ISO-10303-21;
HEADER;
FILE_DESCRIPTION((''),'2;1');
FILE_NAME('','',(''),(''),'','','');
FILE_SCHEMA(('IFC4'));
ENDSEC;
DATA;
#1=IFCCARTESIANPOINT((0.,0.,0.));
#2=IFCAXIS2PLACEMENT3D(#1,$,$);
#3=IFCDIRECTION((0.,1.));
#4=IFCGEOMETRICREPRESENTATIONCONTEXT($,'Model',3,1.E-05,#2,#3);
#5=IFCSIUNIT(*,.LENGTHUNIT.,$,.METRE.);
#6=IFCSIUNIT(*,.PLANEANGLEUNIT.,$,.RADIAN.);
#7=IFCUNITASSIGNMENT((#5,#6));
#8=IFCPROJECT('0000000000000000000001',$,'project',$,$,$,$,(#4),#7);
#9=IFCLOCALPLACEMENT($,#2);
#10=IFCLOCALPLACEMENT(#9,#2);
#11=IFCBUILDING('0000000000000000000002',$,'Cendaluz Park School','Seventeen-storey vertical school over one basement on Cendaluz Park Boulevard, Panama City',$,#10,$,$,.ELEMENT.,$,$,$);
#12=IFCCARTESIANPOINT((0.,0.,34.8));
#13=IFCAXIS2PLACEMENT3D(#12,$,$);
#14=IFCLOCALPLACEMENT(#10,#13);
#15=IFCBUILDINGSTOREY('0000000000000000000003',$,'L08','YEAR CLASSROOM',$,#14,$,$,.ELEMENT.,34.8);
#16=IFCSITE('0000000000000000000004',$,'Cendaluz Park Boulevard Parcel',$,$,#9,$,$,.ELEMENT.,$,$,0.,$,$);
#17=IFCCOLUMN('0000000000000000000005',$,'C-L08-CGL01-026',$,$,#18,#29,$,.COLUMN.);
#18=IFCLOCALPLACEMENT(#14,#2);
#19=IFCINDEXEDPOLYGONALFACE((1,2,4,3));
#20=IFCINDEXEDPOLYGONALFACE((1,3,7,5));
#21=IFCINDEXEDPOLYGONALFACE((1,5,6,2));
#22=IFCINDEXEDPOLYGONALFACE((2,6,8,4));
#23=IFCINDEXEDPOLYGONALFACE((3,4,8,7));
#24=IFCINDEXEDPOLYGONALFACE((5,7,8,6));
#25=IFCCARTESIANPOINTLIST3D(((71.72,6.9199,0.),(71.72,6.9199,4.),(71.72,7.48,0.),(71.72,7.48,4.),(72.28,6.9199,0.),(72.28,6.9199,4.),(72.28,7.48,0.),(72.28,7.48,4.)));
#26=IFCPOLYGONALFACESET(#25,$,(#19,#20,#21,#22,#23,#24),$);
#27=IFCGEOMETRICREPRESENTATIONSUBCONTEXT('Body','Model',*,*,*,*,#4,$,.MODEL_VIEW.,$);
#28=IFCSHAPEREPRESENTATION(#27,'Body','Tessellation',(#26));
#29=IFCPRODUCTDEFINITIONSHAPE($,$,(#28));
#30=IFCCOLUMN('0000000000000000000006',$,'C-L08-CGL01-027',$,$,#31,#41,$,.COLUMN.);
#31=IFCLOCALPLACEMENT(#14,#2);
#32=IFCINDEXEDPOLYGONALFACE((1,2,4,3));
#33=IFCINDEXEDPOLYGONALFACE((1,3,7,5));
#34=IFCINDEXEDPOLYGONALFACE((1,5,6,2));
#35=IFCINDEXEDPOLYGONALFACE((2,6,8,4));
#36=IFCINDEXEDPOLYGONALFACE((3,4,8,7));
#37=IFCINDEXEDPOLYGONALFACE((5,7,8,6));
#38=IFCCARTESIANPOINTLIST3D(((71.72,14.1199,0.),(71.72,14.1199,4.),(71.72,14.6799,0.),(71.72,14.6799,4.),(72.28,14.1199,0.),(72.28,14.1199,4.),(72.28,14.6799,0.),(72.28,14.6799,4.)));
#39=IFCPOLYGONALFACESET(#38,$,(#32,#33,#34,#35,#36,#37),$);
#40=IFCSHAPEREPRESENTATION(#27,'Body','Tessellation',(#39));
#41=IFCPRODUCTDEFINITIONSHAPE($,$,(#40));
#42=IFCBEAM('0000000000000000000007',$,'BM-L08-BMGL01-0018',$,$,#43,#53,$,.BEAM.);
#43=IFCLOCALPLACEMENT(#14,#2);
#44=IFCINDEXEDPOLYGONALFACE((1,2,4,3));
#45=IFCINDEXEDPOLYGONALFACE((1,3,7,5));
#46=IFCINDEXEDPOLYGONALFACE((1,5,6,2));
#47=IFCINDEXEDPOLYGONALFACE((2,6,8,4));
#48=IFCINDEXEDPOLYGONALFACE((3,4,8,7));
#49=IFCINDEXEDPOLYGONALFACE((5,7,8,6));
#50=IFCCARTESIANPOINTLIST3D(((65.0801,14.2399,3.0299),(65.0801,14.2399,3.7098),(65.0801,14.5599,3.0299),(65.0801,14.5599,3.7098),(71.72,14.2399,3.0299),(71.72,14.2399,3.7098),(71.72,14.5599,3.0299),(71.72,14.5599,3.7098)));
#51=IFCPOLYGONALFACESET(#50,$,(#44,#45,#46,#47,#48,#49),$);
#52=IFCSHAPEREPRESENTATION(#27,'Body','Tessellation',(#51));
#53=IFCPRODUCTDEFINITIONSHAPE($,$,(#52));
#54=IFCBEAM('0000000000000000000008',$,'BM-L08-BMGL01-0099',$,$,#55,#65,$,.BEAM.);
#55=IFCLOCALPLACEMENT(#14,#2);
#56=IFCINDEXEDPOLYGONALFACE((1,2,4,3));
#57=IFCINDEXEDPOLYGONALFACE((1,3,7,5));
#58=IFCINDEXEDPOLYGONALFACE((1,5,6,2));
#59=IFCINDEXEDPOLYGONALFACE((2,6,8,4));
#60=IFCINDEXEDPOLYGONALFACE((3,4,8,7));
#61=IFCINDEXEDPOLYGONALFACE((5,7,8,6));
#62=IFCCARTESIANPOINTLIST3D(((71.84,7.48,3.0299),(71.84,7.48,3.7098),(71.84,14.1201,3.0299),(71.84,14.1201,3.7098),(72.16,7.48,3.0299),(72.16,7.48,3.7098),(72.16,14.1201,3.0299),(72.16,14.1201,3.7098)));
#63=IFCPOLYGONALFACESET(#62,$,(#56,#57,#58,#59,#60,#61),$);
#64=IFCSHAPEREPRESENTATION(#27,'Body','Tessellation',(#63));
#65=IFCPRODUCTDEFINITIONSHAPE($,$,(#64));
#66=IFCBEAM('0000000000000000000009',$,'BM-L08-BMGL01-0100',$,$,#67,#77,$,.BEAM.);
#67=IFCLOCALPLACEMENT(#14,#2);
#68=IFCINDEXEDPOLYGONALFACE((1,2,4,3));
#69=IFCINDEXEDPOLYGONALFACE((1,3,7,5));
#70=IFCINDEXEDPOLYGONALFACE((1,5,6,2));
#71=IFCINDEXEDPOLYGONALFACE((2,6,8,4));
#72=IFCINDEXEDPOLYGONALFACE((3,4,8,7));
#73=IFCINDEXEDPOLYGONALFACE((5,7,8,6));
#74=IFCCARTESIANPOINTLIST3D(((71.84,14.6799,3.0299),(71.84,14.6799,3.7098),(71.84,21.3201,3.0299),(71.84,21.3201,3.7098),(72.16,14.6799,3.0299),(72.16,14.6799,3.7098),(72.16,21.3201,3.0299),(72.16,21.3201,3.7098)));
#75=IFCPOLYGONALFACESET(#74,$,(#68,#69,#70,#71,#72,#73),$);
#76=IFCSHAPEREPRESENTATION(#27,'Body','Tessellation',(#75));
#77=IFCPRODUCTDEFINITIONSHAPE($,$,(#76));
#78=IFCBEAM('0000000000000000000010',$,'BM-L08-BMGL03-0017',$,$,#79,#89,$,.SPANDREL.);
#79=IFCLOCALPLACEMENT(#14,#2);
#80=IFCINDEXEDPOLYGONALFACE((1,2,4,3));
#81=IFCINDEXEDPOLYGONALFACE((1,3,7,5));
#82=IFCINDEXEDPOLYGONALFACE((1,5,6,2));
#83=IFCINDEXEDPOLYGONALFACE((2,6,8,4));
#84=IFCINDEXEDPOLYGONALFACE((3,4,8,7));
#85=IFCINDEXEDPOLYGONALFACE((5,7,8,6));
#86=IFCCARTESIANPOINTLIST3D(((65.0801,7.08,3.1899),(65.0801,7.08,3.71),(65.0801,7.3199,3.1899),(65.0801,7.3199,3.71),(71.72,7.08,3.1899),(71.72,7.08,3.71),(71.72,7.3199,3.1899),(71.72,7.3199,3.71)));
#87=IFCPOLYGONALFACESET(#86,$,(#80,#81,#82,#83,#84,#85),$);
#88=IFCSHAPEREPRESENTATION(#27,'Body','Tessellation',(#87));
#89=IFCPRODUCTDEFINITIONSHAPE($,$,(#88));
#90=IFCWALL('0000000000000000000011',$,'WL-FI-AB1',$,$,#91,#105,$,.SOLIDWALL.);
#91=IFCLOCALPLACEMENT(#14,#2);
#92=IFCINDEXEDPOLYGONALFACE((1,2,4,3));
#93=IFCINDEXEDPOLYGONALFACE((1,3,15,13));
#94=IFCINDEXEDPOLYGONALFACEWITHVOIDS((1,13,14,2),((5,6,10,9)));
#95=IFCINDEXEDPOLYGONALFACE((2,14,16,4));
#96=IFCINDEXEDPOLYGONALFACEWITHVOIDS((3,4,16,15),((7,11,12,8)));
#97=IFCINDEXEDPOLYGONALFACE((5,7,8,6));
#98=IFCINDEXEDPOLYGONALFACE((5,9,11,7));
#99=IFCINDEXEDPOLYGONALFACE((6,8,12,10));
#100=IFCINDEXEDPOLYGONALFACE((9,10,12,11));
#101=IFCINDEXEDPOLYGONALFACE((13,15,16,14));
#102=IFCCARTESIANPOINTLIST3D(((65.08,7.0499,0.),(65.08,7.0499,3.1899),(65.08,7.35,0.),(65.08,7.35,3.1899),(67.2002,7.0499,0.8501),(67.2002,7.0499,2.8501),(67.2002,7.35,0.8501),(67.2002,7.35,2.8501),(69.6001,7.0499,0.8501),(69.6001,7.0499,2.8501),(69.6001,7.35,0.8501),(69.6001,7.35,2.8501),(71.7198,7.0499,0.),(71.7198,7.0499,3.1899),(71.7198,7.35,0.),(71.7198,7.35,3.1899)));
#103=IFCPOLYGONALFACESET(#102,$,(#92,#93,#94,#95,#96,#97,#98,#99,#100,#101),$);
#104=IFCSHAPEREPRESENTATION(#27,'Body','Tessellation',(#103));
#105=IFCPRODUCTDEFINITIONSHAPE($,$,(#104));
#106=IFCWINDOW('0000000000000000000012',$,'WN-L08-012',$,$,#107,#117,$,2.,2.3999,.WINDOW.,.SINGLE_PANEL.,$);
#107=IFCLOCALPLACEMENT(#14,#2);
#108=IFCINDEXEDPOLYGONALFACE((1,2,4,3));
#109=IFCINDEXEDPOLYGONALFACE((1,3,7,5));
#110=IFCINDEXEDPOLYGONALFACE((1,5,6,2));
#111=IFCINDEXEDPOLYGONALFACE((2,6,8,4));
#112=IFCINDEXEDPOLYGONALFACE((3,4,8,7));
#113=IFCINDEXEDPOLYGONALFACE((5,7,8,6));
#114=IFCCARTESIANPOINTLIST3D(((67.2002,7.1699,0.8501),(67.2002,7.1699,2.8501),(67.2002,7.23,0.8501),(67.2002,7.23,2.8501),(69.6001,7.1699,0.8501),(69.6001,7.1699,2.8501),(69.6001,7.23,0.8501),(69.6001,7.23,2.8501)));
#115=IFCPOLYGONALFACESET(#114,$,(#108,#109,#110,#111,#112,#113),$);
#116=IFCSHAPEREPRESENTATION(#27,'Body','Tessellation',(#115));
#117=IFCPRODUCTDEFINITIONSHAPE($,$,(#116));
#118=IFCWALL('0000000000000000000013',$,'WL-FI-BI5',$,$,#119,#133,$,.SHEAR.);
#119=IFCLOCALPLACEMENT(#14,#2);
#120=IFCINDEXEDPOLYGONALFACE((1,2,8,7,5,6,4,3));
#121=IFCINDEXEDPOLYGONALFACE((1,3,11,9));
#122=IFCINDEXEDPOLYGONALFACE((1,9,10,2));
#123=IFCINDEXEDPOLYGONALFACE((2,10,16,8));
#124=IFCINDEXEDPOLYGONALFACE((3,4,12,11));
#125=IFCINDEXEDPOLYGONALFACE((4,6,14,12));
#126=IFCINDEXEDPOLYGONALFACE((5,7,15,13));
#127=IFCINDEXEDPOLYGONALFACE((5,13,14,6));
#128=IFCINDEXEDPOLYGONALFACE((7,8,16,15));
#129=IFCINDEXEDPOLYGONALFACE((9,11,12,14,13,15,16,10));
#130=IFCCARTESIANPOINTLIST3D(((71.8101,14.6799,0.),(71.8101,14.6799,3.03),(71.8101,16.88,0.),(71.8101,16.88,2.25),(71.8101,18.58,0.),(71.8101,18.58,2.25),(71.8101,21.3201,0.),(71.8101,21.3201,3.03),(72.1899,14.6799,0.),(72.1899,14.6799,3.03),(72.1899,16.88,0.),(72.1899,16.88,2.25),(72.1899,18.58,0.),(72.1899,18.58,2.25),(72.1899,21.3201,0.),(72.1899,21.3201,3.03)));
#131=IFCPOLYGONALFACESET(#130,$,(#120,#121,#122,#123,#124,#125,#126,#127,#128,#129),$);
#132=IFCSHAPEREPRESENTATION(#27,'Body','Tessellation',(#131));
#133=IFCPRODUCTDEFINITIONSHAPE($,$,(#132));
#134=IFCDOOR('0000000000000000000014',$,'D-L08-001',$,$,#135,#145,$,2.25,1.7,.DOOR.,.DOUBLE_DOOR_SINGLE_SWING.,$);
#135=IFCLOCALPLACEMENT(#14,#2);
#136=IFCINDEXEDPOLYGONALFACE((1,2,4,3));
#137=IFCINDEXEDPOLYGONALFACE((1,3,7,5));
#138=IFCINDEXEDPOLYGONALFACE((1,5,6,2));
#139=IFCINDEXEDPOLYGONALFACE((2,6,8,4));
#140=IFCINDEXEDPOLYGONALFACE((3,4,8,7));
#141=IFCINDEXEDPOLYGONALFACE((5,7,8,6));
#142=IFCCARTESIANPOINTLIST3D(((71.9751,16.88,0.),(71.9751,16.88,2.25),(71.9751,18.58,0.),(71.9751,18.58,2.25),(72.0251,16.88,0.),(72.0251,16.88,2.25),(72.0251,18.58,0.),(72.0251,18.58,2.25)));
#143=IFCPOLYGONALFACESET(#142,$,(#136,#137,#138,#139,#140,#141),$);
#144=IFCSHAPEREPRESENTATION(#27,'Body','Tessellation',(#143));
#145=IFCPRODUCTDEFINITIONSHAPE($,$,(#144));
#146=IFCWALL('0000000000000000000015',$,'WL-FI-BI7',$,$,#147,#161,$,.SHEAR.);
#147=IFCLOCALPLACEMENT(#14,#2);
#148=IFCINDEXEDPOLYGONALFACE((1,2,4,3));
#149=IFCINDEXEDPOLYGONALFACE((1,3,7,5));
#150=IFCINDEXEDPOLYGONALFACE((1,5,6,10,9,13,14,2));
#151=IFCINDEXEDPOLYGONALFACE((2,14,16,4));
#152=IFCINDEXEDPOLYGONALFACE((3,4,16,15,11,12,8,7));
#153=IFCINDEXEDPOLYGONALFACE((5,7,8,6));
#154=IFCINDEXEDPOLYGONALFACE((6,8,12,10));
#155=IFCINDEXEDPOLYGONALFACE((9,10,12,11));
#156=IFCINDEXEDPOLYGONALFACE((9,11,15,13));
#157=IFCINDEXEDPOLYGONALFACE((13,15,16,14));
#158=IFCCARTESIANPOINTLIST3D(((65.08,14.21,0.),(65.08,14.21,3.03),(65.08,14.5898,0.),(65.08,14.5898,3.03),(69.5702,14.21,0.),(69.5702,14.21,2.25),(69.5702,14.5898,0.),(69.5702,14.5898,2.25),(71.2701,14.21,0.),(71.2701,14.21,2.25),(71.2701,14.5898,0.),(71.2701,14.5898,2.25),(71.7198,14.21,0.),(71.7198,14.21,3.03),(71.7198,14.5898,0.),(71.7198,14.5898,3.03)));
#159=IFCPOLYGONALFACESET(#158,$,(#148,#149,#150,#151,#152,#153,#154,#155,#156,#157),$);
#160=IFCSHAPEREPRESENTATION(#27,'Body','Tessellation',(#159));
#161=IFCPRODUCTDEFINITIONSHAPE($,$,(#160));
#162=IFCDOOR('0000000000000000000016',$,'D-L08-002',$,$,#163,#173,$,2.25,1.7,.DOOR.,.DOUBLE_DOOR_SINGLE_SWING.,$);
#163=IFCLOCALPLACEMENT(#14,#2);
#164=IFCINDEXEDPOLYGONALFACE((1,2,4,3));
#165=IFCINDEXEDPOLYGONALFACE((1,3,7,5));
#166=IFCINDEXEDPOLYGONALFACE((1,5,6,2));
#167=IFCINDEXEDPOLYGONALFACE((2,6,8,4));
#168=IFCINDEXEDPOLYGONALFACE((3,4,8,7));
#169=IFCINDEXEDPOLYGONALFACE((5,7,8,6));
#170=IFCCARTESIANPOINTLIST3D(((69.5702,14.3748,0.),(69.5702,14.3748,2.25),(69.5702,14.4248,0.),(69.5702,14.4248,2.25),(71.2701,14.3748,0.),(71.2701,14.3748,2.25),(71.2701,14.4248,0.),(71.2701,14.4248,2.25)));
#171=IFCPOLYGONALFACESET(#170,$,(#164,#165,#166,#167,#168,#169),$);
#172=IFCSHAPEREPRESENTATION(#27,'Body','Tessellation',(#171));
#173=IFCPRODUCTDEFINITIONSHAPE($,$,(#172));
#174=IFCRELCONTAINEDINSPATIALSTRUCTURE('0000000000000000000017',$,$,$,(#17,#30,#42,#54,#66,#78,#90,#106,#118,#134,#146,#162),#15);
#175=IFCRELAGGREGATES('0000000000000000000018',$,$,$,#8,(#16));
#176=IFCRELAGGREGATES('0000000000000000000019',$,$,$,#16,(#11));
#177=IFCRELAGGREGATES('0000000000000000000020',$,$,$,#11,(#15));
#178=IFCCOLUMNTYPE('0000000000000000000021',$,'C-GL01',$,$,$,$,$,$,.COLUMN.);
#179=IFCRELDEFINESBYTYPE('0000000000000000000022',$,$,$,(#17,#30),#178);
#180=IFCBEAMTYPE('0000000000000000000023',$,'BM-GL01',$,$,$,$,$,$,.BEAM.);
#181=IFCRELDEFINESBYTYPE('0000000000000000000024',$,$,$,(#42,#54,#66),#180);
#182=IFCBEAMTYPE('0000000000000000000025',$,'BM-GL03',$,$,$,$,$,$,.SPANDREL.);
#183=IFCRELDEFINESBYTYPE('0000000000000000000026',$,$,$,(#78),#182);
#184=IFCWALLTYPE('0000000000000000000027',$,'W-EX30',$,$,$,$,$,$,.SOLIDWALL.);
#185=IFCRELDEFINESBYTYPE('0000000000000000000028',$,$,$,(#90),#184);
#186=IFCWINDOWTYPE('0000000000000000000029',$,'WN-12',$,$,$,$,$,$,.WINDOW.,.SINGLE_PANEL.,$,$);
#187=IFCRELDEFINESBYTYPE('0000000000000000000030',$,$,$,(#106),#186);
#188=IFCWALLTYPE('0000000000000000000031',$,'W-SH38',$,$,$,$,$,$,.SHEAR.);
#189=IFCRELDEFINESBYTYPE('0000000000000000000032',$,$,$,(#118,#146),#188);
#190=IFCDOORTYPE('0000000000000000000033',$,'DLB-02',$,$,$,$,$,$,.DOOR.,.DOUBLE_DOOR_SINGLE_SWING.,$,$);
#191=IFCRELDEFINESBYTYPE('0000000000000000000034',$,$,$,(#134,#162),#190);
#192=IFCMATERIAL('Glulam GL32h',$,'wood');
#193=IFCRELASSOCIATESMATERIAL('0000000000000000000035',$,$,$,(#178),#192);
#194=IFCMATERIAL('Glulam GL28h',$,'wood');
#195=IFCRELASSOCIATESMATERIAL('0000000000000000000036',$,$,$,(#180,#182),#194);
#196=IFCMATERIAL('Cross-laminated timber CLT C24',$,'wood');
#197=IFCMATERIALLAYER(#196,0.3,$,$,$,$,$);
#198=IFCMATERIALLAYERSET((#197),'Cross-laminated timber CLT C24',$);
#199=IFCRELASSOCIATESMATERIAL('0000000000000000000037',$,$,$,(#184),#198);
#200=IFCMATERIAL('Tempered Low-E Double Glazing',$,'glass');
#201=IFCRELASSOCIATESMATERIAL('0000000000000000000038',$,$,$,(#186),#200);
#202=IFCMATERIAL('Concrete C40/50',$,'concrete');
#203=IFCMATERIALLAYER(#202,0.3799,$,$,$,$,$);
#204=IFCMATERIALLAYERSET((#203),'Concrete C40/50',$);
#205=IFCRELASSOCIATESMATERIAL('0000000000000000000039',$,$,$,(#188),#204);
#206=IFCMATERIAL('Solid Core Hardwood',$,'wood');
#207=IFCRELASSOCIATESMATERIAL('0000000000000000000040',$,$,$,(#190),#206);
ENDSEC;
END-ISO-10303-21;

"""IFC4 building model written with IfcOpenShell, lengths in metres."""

from ifc_helpers import new_model, si_unit, direction, frame, frame_2d, origin, origin_2d, place, context, subcontext, project, spatial, rectangle, extrude, material, layer, layer_set, material_profile, profile_set, type_object, element, fill, save


model = new_model("IFC4")

# Units and contexts
model_context = context("Model", 3, precision=1e-05, world=origin(), true_north=direction((0.0, 1.0)))
body_context = subcontext(model_context, "Body", "Model", "MODEL_VIEW")
ifc_project = project(units=[si_unit("LENGTHUNIT", "METRE"), si_unit("PLANEANGLEUNIT", "RADIAN")], contexts=[model_context])

# Site, building, storey
site_placement = place(None, origin())
site = spatial("IfcSite", under=ifc_project, at=site_placement, Name="Cendaluz Park Boulevard Parcel", CompositionType="ELEMENT", RefElevation=0.0)
building_placement = place(site_placement, origin())
building = spatial("IfcBuilding", under=site, at=building_placement, Name="Cendaluz Park School", Description="Seventeen-storey vertical school over one basement on Cendaluz Park Boulevard, Panama City", CompositionType="ELEMENT")
storey_placement = place(building_placement, frame((0.0, 0.0, 34.8)))
storey = spatial("IfcBuildingStorey", under=building, at=storey_placement, Name="L08", Description="YEAR CLASSROOM", CompositionType="ELEMENT", Elevation=34.8)

# Columns
ifc_material_1 = material(Name="Glulam GL32h", Category="wood")
ifc_material_profile_1 = material_profile(ifc_material_1, rectangle(XDim=0.5601, YDim=0.5601, at=origin_2d()), Name="GL32h 560x560", Category="wood")
ifc_profile_set_1 = profile_set([ifc_material_profile_1], Name="Glulam GL32h")
column_type = type_object("IfcColumnType", Name="C-GL01", PredefinedType="COLUMN", material=ifc_profile_set_1)
for number, where, z_axis, x_axis, name in (
    (1, (72.0, 7.2, 0.0), (0.0, 0.0, 1.0), (1.0, 0.0, 0.0), "C-L08-CGL01-026"),
    (2, (72.0, 14.3999, 0.0), (0.0, 0.0, 1.0), (1.0, 0.0, 0.0), "C-L08-CGL01-027"),
):
    element("IfcColumn", number, at=place(storey_placement, frame(where, z_axis=z_axis, x_axis=x_axis)), inside=storey, type_object=column_type, Name=name, PredefinedType="COLUMN", context=body_context, shape_type="SweptSolid", body=[
        extrude(rectangle(XDim=0.5601, YDim=0.5601, at=origin_2d()), origin(), (0.0, 0.0, 1.0), 4.0),
    ])

# Beams
ifc_material_2 = material(Name="Glulam GL28h", Category="wood")
ifc_material_profile_2 = material_profile(ifc_material_2, rectangle(XDim=0.3201, YDim=0.6799, at=origin_2d()), Name="GL28h 320x680", Category="wood")
ifc_profile_set_2 = profile_set([ifc_material_profile_2], Name="Glulam GL28h")
beam_type_1 = type_object("IfcBeamType", Name="BM-GL01", PredefinedType="BEAM", material=ifc_profile_set_2)
beam_1_placement = place(storey_placement, frame((65.0801, 14.3999, 3.3699), z_axis=(1.0, 0.0, 0.0), x_axis=(0.0, 1.0, 0.0)))
element("IfcBeam", 3, at=beam_1_placement, inside=storey, type_object=beam_type_1, Name="BM-L08-BMGL01-0018", PredefinedType="BEAM", context=body_context, shape_type="SweptSolid", body=[
    extrude(rectangle(XDim=0.3201, YDim=0.6799, at=origin_2d()), origin(), (0.0, 0.0, 1.0), 6.6399),
])
for number, where, z_axis, x_axis, name in (
    (4, (72.0, 7.48, 3.3699), (0.0, 1.0, 0.0), (-1.0, 0.0, 0.0), "BM-L08-BMGL01-0099"),
    (5, (72.0, 14.6799, 3.3699), (0.0, 1.0, 0.0), (-1.0, 0.0, 0.0), "BM-L08-BMGL01-0100"),
):
    element("IfcBeam", number, at=place(storey_placement, frame(where, z_axis=z_axis, x_axis=x_axis)), inside=storey, type_object=beam_type_1, Name=name, PredefinedType="BEAM", context=body_context, shape_type="SweptSolid", body=[
        extrude(rectangle(XDim=0.3201, YDim=0.6799, at=origin_2d()), origin(), (0.0, 0.0, 1.0), 6.6401),
    ])
ifc_material_profile_3 = material_profile(ifc_material_2, rectangle(XDim=0.24, YDim=0.52, at=origin_2d()), Name="GL28h 240x520", Category="wood")
ifc_profile_set_3 = profile_set([ifc_material_profile_3], Name="Glulam GL28h")
beam_type_2 = type_object("IfcBeamType", Name="BM-GL03", PredefinedType="SPANDREL", material=ifc_profile_set_3)
beam_2_placement = place(storey_placement, frame((65.0801, 7.2, 3.45), z_axis=(1.0, 0.0, 0.0), x_axis=(0.0, 1.0, 0.0)))
element("IfcBeam", 6, at=beam_2_placement, inside=storey, type_object=beam_type_2, Name="BM-L08-BMGL03-0017", PredefinedType="SPANDREL", context=body_context, shape_type="SweptSolid", body=[
    extrude(rectangle(XDim=0.24, YDim=0.52, at=origin_2d()), origin(), (0.0, 0.0, 1.0), 6.6399),
])

# Wall, opening, window
ifc_material_3 = material(Name="Cross-laminated timber CLT C24", Category="wood")
ifc_layer_1 = layer(ifc_material_3, 0.3)
ifc_layer_set_1 = layer_set([ifc_layer_1], Name="Cross-laminated timber CLT C24")
wall_type_1 = type_object("IfcWallType", Name="W-EX30", PredefinedType="SOLIDWALL", material=ifc_layer_set_1)
wall_1_placement = place(storey_placement, frame((65.0801, 7.2, 0.0), z_axis=(0.0, 0.0, 1.0), x_axis=(1.0, 0.0, 0.0)))
wall_1 = element("IfcWall", 7, at=wall_1_placement, inside=storey, type_object=wall_type_1, Name="WL-FI-AB1", PredefinedType="SOLIDWALL", context=body_context, shape_type="SweptSolid", body=[
    extrude(rectangle(XDim=6.6399, YDim=0.3, at=frame_2d((3.3198, 0.0))), origin(), (0.0, 0.0, 1.0), 3.1899),
])
opening_1_placement = place(wall_1_placement, frame((2.1201, 0.0, 0.8501)))
opening_1 = element("IfcOpeningElement", 8, at=opening_1_placement, cuts=wall_1, PredefinedType="OPENING", context=body_context, shape_type="SweptSolid", body=[
    extrude(rectangle(XDim=2.3999, YDim=2.0, at=frame_2d((1.2, 1.0))), frame((0.0, 0.1621, 0.0), z_axis=(0.0, -1.0, 0.0), x_axis=(1.0, 0.0, 0.0)), (0.0, 0.0, 1.0), 0.324),
])
ifc_material_4 = material(Name="Tempered Low-E Double Glazing", Category="glass")
window_type = type_object("IfcWindowType", Name="WN-12", PartitioningType="SINGLE_PANEL", PredefinedType="WINDOW", material=ifc_material_4)
window_placement = place(opening_1_placement, origin())
window = element("IfcWindow", 9, at=window_placement, inside=storey, type_object=window_type, Name="WN-L08-012", OverallHeight=2.0, OverallWidth=2.3999, PartitioningType="SINGLE_PANEL", PredefinedType="WINDOW", context=body_context, shape_type="SweptSolid", body=[
    extrude(rectangle(XDim=2.3999, YDim=2.0, at=frame_2d((1.2, 1.0))), frame((0.0, 0.03, 0.0), z_axis=(0.0, -1.0, 0.0), x_axis=(1.0, 0.0, 0.0)), (0.0, 0.0, 1.0), 0.0601),
])
fill(opening_1, window)

# Shared definitions
ifc_material_5 = material(Name="Concrete C40/50", Category="concrete")
ifc_material_6 = material(Name="Solid Core Hardwood", Category="wood")

# Walls, openings, doors
ifc_layer_2 = layer(ifc_material_5, 0.3799)
ifc_layer_set_2 = layer_set([ifc_layer_2], Name="Concrete C40/50")
wall_type_2 = type_object("IfcWallType", Name="W-SH38", PredefinedType="SHEAR", material=ifc_layer_set_2)
wall_2_placement = place(storey_placement, frame((72.0, 14.6799, 0.0), z_axis=(0.0, 0.0, 1.0), x_axis=(0.0, 1.0, 0.0)))
wall_2 = element("IfcWall", 10, at=wall_2_placement, inside=storey, type_object=wall_type_2, Name="WL-FI-BI5", PredefinedType="SHEAR", context=body_context, shape_type="SweptSolid", body=[
    extrude(rectangle(XDim=6.6401, YDim=0.3799, at=frame_2d((3.3201, 0.0))), origin(), (0.0, 0.0, 1.0), 3.03),
])
opening_2_placement = place(wall_2_placement, frame((2.2, 0.0, 0.0)))
opening_2 = element("IfcOpeningElement", 11, at=opening_2_placement, cuts=wall_2, PredefinedType="OPENING", context=body_context, shape_type="SweptSolid", body=[
    extrude(rectangle(XDim=1.7, YDim=2.25, at=frame_2d((0.8501, 1.125))), frame((0.0, 0.2019, 0.0), z_axis=(0.0, -1.0, 0.0), x_axis=(1.0, 0.0, 0.0)), (0.0, 0.0, 1.0), 0.4038),
])
door_type_1 = type_object("IfcDoorType", Name="DLB-02", OperationType="DOUBLE_DOOR_SINGLE_SWING", PredefinedType="DOOR", material=ifc_material_6)
door_1_placement = place(opening_2_placement, origin())
door_1 = element("IfcDoor", 12, at=door_1_placement, inside=storey, type_object=door_type_1, Name="D-L08-001", OperationType="DOUBLE_DOOR_SINGLE_SWING", OverallHeight=2.25, OverallWidth=1.7, PredefinedType="DOOR", context=body_context, shape_type="SweptSolid", body=[
    extrude(rectangle(XDim=1.7, YDim=2.25, at=frame_2d((0.8501, 1.125))), frame((0.0, 0.0249, 0.0), z_axis=(0.0, -1.0, 0.0), x_axis=(1.0, 0.0, 0.0)), (0.0, 0.0, 1.0), 0.05),
])
fill(opening_2, door_1)
wall_3_placement = place(storey_placement, frame((65.0801, 14.3999, 0.0), z_axis=(0.0, 0.0, 1.0), x_axis=(1.0, 0.0, 0.0)))
wall_3 = element("IfcWall", 13, at=wall_3_placement, inside=storey, type_object=wall_type_2, Name="WL-FI-BI7", PredefinedType="SHEAR", context=body_context, shape_type="SweptSolid", body=[
    extrude(rectangle(XDim=6.6399, YDim=0.3799, at=frame_2d((3.3198, 0.0))), origin(), (0.0, 0.0, 1.0), 3.03),
])
opening_3_placement = place(wall_3_placement, frame((4.49, 0.0, 0.0)))
opening_3 = element("IfcOpeningElement", 14, at=opening_3_placement, cuts=wall_3, PredefinedType="OPENING", context=body_context, shape_type="SweptSolid", body=[
    extrude(rectangle(XDim=1.7, YDim=2.25, at=frame_2d((0.8501, 1.125))), frame((0.0, 0.2019, 0.0), z_axis=(0.0, -1.0, 0.0), x_axis=(1.0, 0.0, 0.0)), (0.0, 0.0, 1.0), 0.4038),
])
door_2_placement = place(opening_3_placement, origin())
door_2 = element("IfcDoor", 15, at=door_2_placement, inside=storey, type_object=door_type_1, Name="D-L08-002", OperationType="DOUBLE_DOOR_SINGLE_SWING", OverallHeight=2.25, OverallWidth=1.7, PredefinedType="DOOR", context=body_context, shape_type="SweptSolid", body=[
    extrude(rectangle(XDim=1.7, YDim=2.25, at=frame_2d((0.8501, 1.125))), frame((0.0, 0.0249, 0.0), z_axis=(0.0, -1.0, 0.0), x_axis=(1.0, 0.0, 0.0)), (0.0, 0.0, 1.0), 0.05),
])
fill(opening_3, door_2)

save(model, "model.ifc")
